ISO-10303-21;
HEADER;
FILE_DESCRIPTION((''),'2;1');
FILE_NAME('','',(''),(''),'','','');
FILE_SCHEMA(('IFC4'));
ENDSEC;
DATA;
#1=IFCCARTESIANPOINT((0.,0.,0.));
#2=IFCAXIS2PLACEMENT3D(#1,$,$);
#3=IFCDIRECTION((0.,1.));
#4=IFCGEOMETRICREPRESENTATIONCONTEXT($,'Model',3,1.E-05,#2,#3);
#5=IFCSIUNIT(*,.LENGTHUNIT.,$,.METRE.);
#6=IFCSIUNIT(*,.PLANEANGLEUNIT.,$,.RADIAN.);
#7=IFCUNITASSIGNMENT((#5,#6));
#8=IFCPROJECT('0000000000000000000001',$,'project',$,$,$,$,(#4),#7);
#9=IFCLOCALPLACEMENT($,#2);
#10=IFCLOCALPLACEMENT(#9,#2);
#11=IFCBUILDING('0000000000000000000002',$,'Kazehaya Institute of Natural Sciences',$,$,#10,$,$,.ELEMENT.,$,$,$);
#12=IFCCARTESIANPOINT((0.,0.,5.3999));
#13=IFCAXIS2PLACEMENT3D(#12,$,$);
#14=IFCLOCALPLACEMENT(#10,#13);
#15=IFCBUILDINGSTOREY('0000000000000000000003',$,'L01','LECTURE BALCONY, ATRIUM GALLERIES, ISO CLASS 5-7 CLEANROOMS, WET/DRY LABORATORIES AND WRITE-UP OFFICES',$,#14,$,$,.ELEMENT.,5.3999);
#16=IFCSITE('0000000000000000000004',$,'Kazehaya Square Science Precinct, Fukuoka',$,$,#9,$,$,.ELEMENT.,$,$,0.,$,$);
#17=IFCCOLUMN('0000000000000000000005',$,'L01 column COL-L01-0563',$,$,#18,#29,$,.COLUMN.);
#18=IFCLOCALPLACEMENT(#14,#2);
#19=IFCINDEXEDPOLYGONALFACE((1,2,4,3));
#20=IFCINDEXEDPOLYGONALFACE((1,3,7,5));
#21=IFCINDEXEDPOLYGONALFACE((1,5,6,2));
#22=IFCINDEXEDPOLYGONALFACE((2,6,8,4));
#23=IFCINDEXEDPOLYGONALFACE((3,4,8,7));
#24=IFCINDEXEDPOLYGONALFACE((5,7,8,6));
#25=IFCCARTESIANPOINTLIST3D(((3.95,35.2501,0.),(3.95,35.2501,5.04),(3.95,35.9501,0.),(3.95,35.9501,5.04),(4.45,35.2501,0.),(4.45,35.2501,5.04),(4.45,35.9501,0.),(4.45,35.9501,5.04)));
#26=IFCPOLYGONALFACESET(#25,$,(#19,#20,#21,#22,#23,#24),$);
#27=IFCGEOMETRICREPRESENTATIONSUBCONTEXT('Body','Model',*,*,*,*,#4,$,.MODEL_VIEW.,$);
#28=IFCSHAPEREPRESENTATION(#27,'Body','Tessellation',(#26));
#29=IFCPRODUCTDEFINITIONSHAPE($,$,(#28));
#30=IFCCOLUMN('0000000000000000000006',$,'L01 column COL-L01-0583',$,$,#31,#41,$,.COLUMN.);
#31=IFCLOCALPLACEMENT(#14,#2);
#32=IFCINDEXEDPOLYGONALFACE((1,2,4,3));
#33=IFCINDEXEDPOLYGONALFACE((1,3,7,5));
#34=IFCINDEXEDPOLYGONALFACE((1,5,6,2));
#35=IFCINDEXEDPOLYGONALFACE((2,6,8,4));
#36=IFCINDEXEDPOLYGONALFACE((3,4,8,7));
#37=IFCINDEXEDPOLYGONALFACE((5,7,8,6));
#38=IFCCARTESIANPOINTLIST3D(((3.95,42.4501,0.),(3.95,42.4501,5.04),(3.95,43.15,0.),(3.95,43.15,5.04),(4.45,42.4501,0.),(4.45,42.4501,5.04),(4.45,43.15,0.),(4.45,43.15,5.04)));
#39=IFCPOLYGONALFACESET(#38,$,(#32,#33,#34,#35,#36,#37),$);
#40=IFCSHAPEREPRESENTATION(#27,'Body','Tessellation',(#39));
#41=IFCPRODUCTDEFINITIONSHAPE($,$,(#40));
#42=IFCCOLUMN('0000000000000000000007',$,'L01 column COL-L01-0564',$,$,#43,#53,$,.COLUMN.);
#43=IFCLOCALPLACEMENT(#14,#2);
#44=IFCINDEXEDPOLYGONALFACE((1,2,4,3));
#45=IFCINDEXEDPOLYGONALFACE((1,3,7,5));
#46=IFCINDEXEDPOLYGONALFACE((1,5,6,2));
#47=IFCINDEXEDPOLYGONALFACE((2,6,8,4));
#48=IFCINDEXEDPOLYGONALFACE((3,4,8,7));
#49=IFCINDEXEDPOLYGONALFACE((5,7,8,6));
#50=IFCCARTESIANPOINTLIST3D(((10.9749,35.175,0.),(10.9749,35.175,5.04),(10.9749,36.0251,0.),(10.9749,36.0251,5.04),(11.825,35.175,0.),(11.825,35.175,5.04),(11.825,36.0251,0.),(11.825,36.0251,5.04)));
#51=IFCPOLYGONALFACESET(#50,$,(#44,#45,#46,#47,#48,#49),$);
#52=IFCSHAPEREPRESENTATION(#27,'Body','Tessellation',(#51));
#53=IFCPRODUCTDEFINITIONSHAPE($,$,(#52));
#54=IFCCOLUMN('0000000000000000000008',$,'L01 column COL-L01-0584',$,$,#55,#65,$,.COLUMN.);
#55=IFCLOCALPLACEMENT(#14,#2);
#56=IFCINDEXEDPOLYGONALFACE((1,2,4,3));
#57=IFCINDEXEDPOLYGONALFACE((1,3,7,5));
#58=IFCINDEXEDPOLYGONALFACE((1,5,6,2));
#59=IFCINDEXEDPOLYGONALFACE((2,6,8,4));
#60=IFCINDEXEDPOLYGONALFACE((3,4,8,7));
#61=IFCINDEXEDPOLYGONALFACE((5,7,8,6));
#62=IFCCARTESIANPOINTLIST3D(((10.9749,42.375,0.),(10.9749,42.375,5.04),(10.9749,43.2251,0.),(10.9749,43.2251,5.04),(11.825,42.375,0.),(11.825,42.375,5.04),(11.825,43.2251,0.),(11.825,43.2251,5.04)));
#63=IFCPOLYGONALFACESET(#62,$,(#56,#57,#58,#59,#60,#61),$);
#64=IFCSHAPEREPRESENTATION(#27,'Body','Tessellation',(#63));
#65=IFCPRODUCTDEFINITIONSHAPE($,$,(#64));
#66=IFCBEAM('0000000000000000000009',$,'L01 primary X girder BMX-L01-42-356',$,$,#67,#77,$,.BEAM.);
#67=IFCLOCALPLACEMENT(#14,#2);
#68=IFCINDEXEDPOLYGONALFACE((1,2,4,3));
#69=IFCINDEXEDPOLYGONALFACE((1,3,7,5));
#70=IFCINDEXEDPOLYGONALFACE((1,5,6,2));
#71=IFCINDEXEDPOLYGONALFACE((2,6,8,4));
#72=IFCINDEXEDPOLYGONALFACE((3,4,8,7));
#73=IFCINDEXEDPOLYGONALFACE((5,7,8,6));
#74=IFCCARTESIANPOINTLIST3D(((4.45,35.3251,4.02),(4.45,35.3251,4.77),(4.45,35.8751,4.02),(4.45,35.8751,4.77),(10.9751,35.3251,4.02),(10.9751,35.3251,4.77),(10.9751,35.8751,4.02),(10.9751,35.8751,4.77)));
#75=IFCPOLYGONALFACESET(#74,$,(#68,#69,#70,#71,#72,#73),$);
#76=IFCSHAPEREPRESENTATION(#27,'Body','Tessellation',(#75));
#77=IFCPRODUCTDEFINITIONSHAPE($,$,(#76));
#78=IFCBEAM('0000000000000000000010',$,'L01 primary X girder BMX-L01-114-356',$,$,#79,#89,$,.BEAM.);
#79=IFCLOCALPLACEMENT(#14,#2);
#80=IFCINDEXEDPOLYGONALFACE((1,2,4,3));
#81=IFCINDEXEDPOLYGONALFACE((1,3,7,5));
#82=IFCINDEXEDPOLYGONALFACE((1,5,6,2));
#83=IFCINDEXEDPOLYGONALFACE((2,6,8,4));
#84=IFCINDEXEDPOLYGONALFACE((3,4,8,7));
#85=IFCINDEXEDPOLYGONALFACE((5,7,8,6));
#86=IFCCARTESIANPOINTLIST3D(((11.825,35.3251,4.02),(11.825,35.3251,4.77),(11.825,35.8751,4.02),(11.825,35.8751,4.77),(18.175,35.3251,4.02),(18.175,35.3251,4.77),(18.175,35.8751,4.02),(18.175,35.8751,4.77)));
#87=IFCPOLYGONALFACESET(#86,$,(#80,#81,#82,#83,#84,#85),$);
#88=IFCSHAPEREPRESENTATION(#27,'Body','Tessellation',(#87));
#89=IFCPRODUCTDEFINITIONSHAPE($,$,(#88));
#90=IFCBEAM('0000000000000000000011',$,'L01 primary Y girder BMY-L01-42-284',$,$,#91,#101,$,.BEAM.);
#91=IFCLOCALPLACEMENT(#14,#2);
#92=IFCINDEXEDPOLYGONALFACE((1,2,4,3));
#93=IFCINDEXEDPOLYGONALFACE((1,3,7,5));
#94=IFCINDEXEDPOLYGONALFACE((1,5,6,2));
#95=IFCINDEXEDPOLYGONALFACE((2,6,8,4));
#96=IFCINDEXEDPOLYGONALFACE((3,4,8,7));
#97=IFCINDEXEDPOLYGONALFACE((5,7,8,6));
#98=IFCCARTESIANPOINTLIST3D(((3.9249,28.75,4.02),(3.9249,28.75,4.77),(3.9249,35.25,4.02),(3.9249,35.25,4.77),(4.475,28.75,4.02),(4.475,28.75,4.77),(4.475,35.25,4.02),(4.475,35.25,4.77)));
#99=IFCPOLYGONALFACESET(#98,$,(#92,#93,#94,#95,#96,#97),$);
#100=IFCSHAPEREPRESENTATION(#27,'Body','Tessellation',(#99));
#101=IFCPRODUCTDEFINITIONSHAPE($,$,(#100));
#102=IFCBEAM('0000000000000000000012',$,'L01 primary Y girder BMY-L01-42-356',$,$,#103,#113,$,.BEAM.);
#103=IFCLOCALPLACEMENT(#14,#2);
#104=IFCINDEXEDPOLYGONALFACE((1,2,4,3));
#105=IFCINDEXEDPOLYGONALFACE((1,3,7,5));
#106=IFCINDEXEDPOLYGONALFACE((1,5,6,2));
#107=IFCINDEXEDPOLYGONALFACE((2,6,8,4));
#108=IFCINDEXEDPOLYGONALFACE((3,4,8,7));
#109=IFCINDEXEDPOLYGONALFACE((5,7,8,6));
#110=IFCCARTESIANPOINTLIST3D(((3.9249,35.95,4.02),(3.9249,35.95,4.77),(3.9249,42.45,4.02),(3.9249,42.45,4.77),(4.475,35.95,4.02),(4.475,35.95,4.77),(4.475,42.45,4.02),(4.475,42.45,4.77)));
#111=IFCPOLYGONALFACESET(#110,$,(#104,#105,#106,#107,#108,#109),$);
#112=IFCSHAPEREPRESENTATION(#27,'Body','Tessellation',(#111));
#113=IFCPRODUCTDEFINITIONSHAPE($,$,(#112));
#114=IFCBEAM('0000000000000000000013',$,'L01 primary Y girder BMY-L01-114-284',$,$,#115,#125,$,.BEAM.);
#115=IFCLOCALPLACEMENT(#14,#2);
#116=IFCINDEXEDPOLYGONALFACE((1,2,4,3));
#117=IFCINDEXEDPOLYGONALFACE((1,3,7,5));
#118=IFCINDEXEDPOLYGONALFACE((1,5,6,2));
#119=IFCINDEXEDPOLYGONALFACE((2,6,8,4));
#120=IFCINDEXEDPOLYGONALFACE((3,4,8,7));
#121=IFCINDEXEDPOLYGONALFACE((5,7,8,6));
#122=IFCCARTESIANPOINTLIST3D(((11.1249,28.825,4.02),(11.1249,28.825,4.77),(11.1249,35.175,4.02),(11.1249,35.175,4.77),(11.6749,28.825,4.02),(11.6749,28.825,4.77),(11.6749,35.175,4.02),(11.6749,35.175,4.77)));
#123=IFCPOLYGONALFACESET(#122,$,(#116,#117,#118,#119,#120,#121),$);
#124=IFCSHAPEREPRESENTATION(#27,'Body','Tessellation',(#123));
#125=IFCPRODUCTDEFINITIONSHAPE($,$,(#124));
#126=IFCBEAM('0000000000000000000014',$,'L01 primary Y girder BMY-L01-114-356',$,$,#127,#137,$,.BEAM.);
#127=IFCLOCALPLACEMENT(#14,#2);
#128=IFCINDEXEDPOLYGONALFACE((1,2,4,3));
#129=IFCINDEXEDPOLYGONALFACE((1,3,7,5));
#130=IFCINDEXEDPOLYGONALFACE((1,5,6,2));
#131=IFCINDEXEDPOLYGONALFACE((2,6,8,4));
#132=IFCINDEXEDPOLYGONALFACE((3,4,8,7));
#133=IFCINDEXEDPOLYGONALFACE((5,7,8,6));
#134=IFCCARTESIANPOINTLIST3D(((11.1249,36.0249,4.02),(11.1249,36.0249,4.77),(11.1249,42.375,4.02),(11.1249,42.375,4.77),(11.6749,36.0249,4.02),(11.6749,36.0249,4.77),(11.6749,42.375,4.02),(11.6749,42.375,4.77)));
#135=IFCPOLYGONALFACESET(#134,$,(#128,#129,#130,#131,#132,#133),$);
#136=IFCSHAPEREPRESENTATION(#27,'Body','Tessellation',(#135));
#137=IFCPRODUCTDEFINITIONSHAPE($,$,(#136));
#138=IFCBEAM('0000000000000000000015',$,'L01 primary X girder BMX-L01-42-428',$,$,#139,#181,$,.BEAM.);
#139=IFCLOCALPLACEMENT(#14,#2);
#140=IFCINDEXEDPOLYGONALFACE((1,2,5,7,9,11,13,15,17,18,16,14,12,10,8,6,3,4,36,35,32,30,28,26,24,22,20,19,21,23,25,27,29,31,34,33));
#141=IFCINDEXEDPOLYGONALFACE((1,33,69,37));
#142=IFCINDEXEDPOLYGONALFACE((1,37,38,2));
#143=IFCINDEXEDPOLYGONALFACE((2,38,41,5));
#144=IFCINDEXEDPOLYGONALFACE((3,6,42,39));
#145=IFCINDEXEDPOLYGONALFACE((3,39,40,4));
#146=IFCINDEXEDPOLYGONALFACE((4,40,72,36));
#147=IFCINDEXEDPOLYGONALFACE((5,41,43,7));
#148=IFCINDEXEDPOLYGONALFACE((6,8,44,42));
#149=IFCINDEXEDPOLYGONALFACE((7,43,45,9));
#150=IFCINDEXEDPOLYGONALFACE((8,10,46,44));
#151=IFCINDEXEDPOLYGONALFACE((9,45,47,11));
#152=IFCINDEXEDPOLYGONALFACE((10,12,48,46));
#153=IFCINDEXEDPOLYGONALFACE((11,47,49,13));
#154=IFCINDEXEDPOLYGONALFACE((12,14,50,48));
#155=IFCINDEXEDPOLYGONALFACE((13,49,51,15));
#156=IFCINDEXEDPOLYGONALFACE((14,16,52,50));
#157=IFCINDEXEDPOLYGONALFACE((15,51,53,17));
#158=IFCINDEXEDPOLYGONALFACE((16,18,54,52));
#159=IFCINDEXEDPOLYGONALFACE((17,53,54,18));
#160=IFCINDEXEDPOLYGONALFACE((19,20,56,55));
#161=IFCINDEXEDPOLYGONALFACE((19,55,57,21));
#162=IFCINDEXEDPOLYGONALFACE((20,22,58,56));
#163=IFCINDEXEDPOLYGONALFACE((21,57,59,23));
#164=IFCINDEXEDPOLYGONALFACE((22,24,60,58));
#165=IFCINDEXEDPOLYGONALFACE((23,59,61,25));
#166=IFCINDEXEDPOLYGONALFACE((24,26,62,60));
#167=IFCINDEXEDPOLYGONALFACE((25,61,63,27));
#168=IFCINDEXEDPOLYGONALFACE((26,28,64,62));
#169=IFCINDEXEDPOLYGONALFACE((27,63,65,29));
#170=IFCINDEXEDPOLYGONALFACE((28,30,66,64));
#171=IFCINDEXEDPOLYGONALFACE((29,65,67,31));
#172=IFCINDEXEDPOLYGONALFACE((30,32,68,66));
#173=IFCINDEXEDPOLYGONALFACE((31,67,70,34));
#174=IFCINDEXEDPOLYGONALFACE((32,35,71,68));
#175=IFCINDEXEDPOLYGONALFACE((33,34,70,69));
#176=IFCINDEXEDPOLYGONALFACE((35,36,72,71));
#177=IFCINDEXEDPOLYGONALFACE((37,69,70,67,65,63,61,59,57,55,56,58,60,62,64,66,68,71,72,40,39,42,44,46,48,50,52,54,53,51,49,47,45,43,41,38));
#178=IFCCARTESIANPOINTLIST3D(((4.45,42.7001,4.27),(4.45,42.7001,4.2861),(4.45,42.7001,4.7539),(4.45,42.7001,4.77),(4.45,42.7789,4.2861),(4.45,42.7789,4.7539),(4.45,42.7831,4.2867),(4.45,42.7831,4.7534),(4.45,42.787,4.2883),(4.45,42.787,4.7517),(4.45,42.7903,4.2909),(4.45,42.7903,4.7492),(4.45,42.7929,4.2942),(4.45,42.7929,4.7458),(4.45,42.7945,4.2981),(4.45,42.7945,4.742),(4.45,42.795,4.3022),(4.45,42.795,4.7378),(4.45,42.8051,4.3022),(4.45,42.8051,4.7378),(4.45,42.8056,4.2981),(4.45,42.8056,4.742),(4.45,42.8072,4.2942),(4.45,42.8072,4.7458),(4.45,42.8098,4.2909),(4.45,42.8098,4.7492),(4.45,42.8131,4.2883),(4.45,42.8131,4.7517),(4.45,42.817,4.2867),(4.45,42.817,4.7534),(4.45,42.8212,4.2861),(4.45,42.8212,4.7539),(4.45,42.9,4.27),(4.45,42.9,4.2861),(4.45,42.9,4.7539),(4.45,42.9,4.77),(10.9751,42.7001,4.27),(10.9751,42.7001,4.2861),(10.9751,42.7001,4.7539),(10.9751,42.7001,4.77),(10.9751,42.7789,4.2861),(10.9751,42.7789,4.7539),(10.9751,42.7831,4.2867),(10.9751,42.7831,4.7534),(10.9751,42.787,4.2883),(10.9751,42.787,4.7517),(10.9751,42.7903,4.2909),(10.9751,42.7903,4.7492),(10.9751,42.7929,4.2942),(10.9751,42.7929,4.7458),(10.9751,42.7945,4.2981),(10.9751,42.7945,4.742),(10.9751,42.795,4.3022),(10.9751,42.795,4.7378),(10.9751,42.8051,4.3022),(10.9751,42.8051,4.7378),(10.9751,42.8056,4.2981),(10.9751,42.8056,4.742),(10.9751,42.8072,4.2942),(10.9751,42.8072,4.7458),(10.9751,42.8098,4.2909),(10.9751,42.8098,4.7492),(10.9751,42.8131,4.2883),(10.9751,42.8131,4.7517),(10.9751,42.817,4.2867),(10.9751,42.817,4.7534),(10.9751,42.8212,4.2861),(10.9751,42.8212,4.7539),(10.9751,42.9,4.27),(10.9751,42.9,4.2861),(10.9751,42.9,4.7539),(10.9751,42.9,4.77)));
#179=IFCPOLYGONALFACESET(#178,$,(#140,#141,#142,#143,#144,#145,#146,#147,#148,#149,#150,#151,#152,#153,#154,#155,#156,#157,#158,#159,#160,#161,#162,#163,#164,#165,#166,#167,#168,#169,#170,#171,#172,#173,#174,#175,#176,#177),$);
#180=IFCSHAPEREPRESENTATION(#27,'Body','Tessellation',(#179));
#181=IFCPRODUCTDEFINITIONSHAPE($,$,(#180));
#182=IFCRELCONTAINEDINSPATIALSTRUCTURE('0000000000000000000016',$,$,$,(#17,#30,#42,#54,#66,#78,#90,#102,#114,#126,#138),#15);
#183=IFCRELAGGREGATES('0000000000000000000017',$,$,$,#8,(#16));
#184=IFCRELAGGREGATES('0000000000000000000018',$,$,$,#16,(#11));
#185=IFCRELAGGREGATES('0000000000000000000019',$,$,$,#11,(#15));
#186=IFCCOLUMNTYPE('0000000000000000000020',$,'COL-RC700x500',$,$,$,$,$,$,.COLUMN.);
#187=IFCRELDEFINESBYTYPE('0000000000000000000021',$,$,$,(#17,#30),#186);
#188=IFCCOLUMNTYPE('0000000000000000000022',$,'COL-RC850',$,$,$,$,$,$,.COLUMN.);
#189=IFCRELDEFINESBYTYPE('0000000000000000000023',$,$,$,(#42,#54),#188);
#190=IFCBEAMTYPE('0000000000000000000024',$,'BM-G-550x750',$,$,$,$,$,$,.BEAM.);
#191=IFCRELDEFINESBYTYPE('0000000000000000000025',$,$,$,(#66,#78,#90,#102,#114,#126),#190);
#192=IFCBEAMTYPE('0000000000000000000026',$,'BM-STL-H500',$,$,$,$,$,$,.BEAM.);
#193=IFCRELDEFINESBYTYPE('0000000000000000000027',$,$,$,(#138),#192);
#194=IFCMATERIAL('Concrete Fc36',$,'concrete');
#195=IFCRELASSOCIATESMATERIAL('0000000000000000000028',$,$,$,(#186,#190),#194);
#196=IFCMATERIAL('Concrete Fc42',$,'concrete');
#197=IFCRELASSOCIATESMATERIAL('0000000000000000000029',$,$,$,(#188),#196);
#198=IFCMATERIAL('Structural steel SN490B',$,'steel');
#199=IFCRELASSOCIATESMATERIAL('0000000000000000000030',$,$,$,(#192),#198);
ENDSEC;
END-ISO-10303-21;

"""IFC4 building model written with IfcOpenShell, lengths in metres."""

from ifc_helpers import new_model, si_unit, direction, frame, origin, origin_2d, place, context, subcontext, project, spatial, rectangle, i_section, extrude, material, material_profile, profile_set, type_object, element, save


model = new_model("IFC4")

# Units and contexts
model_context = context("Model", 3, precision=1e-05, world=origin(), true_north=direction((0.0, 1.0)))
body_context = subcontext(model_context, "Body", "Model", "MODEL_VIEW")
ifc_project = project(units=[si_unit("LENGTHUNIT", "METRE"), si_unit("PLANEANGLEUNIT", "RADIAN")], contexts=[model_context])

# Site, building, storey
site_placement = place(None, origin())
site = spatial("IfcSite", under=ifc_project, at=site_placement, Name="Kazehaya Square Science Precinct, Fukuoka", CompositionType="ELEMENT", RefElevation=0.0)
building_placement = place(site_placement, origin())
building = spatial("IfcBuilding", under=site, at=building_placement, Name="Kazehaya Institute of Natural Sciences", CompositionType="ELEMENT")
storey_placement = place(building_placement, frame((0.0, 0.0, 5.3999)))
storey = spatial("IfcBuildingStorey", under=building, at=storey_placement, Name="L01", Description="LECTURE BALCONY, ATRIUM GALLERIES, ISO CLASS 5-7 CLEANROOMS, WET/DRY LABORATORIES AND WRITE-UP OFFICES", CompositionType="ELEMENT", Elevation=5.3999)

# Columns
ifc_material_1 = material(Name="Concrete Fc36", Category="concrete")
ifc_material_profile_1 = material_profile(ifc_material_1, rectangle(XDim=0.5, YDim=0.7, at=origin_2d()), Name="RC-700x500")
ifc_profile_set_1 = profile_set([ifc_material_profile_1], Name="Concrete Fc36")
column_type_1 = type_object("IfcColumnType", Name="COL-RC700x500", PredefinedType="COLUMN", material=ifc_profile_set_1)
for number, where, z_axis, x_axis, name in (
    (1, (4.2, 35.6001, 0.0), (0.0, 0.0, 1.0), (1.0, 0.0, 0.0), "L01 column COL-L01-0563"),
    (2, (4.2, 42.8, 0.0), (0.0, 0.0, 1.0), (1.0, 0.0, 0.0), "L01 column COL-L01-0583"),
):
    element("IfcColumn", number, at=place(storey_placement, frame(where, z_axis=z_axis, x_axis=x_axis)), inside=storey, type_object=column_type_1, Name=name, PredefinedType="COLUMN", context=body_context, shape_type="SweptSolid", body=[
        extrude(rectangle(XDim=0.5, YDim=0.7, at=origin_2d()), origin(), (0.0, 0.0, 1.0), 5.04),
    ])
ifc_material_2 = material(Name="Concrete Fc42", Category="concrete")
ifc_material_profile_2 = material_profile(ifc_material_2, rectangle(XDim=0.8501, YDim=0.8501, at=origin_2d()), Name="RC-850x850")
ifc_profile_set_2 = profile_set([ifc_material_profile_2], Name="Concrete Fc42")
column_type_2 = type_object("IfcColumnType", Name="COL-RC850", PredefinedType="COLUMN", material=ifc_profile_set_2)
for number, where, z_axis, x_axis, name in (
    (3, (11.3999, 35.6001, 0.0), (0.0, 0.0, 1.0), (1.0, 0.0, 0.0), "L01 column COL-L01-0564"),
    (4, (11.3999, 42.8, 0.0), (0.0, 0.0, 1.0), (1.0, 0.0, 0.0), "L01 column COL-L01-0584"),
):
    element("IfcColumn", number, at=place(storey_placement, frame(where, z_axis=z_axis, x_axis=x_axis)), inside=storey, type_object=column_type_2, Name=name, PredefinedType="COLUMN", context=body_context, shape_type="SweptSolid", body=[
        extrude(rectangle(XDim=0.8501, YDim=0.8501, at=origin_2d()), origin(), (0.0, 0.0, 1.0), 5.04),
    ])

# Beams
ifc_material_profile_3 = material_profile(ifc_material_1, rectangle(XDim=0.55, YDim=0.75, at=origin_2d()), Name="RC-550x750")
ifc_profile_set_3 = profile_set([ifc_material_profile_3], Name="Concrete Fc36")
beam_type_1 = type_object("IfcBeamType", Name="BM-G-550x750", PredefinedType="BEAM", material=ifc_profile_set_3)
beam_1_placement = place(storey_placement, frame((4.45, 35.6001, 4.395), z_axis=(1.0, 0.0, 0.0), x_axis=(0.0, 1.0, 0.0)))
element("IfcBeam", 5, at=beam_1_placement, inside=storey, type_object=beam_type_1, Name="L01 primary X girder BMX-L01-42-356", PredefinedType="BEAM", context=body_context, shape_type="SweptSolid", body=[
    extrude(rectangle(XDim=0.55, YDim=0.75, at=origin_2d()), origin(), (0.0, 0.0, 1.0), 6.5251),
])
beam_2_placement = place(storey_placement, frame((11.825, 35.6001, 4.395), z_axis=(1.0, 0.0, 0.0), x_axis=(0.0, 1.0, 0.0)))
element("IfcBeam", 6, at=beam_2_placement, inside=storey, type_object=beam_type_1, Name="L01 primary X girder BMX-L01-114-356", PredefinedType="BEAM", context=body_context, shape_type="SweptSolid", body=[
    extrude(rectangle(XDim=0.55, YDim=0.75, at=origin_2d()), origin(), (0.0, 0.0, 1.0), 6.3501),
])
for number, where, z_axis, x_axis, name in (
    (7, (4.2, 28.75, 4.395), (0.0, 1.0, 0.0), (-1.0, 0.0, 0.0), "L01 primary Y girder BMY-L01-42-284"),
    (8, (4.2, 35.95, 4.395), (0.0, 1.0, 0.0), (-1.0, 0.0, 0.0), "L01 primary Y girder BMY-L01-42-356"),
):
    element("IfcBeam", number, at=place(storey_placement, frame(where, z_axis=z_axis, x_axis=x_axis)), inside=storey, type_object=beam_type_1, Name=name, PredefinedType="BEAM", context=body_context, shape_type="SweptSolid", body=[
        extrude(rectangle(XDim=0.55, YDim=0.75, at=origin_2d()), origin(), (0.0, 0.0, 1.0), 6.5),
    ])
for number, where, z_axis, x_axis, name in (
    (9, (11.3999, 28.825, 4.395), (0.0, 1.0, 0.0), (-1.0, 0.0, 0.0), "L01 primary Y girder BMY-L01-114-284"),
    (10, (11.3999, 36.0249, 4.395), (0.0, 1.0, 0.0), (-1.0, 0.0, 0.0), "L01 primary Y girder BMY-L01-114-356"),
):
    element("IfcBeam", number, at=place(storey_placement, frame(where, z_axis=z_axis, x_axis=x_axis)), inside=storey, type_object=beam_type_1, Name=name, PredefinedType="BEAM", context=body_context, shape_type="SweptSolid", body=[
        extrude(rectangle(XDim=0.55, YDim=0.75, at=origin_2d()), origin(), (0.0, 0.0, 1.0), 6.3501),
    ])
ifc_material_3 = material(Name="Structural steel SN490B", Category="steel")
ifc_material_profile_4 = material_profile(ifc_material_3, i_section(OverallWidth=0.2, OverallDepth=0.5, WebThickness=0.01, FlangeThickness=0.0161, FilletRadius=0.0161, at=origin_2d()), Name="H-500x200x10x16")
ifc_profile_set_4 = profile_set([ifc_material_profile_4], Name="Structural steel SN490B")
beam_type_2 = type_object("IfcBeamType", Name="BM-STL-H500", PredefinedType="BEAM", material=ifc_profile_set_4)
beam_3_placement = place(storey_placement, frame((4.45, 42.8, 4.52), z_axis=(1.0, 0.0, 0.0), x_axis=(0.0, 1.0, 0.0)))
element("IfcBeam", 11, at=beam_3_placement, inside=storey, type_object=beam_type_2, Name="L01 primary X girder BMX-L01-42-428", PredefinedType="BEAM", context=body_context, shape_type="SweptSolid", body=[
    extrude(i_section(OverallWidth=0.2, OverallDepth=0.5, WebThickness=0.01, FlangeThickness=0.0161, FilletRadius=0.0161, at=origin_2d()), origin(), (0.0, 0.0, 1.0), 6.5251),
])

save(model, "model.ifc")
